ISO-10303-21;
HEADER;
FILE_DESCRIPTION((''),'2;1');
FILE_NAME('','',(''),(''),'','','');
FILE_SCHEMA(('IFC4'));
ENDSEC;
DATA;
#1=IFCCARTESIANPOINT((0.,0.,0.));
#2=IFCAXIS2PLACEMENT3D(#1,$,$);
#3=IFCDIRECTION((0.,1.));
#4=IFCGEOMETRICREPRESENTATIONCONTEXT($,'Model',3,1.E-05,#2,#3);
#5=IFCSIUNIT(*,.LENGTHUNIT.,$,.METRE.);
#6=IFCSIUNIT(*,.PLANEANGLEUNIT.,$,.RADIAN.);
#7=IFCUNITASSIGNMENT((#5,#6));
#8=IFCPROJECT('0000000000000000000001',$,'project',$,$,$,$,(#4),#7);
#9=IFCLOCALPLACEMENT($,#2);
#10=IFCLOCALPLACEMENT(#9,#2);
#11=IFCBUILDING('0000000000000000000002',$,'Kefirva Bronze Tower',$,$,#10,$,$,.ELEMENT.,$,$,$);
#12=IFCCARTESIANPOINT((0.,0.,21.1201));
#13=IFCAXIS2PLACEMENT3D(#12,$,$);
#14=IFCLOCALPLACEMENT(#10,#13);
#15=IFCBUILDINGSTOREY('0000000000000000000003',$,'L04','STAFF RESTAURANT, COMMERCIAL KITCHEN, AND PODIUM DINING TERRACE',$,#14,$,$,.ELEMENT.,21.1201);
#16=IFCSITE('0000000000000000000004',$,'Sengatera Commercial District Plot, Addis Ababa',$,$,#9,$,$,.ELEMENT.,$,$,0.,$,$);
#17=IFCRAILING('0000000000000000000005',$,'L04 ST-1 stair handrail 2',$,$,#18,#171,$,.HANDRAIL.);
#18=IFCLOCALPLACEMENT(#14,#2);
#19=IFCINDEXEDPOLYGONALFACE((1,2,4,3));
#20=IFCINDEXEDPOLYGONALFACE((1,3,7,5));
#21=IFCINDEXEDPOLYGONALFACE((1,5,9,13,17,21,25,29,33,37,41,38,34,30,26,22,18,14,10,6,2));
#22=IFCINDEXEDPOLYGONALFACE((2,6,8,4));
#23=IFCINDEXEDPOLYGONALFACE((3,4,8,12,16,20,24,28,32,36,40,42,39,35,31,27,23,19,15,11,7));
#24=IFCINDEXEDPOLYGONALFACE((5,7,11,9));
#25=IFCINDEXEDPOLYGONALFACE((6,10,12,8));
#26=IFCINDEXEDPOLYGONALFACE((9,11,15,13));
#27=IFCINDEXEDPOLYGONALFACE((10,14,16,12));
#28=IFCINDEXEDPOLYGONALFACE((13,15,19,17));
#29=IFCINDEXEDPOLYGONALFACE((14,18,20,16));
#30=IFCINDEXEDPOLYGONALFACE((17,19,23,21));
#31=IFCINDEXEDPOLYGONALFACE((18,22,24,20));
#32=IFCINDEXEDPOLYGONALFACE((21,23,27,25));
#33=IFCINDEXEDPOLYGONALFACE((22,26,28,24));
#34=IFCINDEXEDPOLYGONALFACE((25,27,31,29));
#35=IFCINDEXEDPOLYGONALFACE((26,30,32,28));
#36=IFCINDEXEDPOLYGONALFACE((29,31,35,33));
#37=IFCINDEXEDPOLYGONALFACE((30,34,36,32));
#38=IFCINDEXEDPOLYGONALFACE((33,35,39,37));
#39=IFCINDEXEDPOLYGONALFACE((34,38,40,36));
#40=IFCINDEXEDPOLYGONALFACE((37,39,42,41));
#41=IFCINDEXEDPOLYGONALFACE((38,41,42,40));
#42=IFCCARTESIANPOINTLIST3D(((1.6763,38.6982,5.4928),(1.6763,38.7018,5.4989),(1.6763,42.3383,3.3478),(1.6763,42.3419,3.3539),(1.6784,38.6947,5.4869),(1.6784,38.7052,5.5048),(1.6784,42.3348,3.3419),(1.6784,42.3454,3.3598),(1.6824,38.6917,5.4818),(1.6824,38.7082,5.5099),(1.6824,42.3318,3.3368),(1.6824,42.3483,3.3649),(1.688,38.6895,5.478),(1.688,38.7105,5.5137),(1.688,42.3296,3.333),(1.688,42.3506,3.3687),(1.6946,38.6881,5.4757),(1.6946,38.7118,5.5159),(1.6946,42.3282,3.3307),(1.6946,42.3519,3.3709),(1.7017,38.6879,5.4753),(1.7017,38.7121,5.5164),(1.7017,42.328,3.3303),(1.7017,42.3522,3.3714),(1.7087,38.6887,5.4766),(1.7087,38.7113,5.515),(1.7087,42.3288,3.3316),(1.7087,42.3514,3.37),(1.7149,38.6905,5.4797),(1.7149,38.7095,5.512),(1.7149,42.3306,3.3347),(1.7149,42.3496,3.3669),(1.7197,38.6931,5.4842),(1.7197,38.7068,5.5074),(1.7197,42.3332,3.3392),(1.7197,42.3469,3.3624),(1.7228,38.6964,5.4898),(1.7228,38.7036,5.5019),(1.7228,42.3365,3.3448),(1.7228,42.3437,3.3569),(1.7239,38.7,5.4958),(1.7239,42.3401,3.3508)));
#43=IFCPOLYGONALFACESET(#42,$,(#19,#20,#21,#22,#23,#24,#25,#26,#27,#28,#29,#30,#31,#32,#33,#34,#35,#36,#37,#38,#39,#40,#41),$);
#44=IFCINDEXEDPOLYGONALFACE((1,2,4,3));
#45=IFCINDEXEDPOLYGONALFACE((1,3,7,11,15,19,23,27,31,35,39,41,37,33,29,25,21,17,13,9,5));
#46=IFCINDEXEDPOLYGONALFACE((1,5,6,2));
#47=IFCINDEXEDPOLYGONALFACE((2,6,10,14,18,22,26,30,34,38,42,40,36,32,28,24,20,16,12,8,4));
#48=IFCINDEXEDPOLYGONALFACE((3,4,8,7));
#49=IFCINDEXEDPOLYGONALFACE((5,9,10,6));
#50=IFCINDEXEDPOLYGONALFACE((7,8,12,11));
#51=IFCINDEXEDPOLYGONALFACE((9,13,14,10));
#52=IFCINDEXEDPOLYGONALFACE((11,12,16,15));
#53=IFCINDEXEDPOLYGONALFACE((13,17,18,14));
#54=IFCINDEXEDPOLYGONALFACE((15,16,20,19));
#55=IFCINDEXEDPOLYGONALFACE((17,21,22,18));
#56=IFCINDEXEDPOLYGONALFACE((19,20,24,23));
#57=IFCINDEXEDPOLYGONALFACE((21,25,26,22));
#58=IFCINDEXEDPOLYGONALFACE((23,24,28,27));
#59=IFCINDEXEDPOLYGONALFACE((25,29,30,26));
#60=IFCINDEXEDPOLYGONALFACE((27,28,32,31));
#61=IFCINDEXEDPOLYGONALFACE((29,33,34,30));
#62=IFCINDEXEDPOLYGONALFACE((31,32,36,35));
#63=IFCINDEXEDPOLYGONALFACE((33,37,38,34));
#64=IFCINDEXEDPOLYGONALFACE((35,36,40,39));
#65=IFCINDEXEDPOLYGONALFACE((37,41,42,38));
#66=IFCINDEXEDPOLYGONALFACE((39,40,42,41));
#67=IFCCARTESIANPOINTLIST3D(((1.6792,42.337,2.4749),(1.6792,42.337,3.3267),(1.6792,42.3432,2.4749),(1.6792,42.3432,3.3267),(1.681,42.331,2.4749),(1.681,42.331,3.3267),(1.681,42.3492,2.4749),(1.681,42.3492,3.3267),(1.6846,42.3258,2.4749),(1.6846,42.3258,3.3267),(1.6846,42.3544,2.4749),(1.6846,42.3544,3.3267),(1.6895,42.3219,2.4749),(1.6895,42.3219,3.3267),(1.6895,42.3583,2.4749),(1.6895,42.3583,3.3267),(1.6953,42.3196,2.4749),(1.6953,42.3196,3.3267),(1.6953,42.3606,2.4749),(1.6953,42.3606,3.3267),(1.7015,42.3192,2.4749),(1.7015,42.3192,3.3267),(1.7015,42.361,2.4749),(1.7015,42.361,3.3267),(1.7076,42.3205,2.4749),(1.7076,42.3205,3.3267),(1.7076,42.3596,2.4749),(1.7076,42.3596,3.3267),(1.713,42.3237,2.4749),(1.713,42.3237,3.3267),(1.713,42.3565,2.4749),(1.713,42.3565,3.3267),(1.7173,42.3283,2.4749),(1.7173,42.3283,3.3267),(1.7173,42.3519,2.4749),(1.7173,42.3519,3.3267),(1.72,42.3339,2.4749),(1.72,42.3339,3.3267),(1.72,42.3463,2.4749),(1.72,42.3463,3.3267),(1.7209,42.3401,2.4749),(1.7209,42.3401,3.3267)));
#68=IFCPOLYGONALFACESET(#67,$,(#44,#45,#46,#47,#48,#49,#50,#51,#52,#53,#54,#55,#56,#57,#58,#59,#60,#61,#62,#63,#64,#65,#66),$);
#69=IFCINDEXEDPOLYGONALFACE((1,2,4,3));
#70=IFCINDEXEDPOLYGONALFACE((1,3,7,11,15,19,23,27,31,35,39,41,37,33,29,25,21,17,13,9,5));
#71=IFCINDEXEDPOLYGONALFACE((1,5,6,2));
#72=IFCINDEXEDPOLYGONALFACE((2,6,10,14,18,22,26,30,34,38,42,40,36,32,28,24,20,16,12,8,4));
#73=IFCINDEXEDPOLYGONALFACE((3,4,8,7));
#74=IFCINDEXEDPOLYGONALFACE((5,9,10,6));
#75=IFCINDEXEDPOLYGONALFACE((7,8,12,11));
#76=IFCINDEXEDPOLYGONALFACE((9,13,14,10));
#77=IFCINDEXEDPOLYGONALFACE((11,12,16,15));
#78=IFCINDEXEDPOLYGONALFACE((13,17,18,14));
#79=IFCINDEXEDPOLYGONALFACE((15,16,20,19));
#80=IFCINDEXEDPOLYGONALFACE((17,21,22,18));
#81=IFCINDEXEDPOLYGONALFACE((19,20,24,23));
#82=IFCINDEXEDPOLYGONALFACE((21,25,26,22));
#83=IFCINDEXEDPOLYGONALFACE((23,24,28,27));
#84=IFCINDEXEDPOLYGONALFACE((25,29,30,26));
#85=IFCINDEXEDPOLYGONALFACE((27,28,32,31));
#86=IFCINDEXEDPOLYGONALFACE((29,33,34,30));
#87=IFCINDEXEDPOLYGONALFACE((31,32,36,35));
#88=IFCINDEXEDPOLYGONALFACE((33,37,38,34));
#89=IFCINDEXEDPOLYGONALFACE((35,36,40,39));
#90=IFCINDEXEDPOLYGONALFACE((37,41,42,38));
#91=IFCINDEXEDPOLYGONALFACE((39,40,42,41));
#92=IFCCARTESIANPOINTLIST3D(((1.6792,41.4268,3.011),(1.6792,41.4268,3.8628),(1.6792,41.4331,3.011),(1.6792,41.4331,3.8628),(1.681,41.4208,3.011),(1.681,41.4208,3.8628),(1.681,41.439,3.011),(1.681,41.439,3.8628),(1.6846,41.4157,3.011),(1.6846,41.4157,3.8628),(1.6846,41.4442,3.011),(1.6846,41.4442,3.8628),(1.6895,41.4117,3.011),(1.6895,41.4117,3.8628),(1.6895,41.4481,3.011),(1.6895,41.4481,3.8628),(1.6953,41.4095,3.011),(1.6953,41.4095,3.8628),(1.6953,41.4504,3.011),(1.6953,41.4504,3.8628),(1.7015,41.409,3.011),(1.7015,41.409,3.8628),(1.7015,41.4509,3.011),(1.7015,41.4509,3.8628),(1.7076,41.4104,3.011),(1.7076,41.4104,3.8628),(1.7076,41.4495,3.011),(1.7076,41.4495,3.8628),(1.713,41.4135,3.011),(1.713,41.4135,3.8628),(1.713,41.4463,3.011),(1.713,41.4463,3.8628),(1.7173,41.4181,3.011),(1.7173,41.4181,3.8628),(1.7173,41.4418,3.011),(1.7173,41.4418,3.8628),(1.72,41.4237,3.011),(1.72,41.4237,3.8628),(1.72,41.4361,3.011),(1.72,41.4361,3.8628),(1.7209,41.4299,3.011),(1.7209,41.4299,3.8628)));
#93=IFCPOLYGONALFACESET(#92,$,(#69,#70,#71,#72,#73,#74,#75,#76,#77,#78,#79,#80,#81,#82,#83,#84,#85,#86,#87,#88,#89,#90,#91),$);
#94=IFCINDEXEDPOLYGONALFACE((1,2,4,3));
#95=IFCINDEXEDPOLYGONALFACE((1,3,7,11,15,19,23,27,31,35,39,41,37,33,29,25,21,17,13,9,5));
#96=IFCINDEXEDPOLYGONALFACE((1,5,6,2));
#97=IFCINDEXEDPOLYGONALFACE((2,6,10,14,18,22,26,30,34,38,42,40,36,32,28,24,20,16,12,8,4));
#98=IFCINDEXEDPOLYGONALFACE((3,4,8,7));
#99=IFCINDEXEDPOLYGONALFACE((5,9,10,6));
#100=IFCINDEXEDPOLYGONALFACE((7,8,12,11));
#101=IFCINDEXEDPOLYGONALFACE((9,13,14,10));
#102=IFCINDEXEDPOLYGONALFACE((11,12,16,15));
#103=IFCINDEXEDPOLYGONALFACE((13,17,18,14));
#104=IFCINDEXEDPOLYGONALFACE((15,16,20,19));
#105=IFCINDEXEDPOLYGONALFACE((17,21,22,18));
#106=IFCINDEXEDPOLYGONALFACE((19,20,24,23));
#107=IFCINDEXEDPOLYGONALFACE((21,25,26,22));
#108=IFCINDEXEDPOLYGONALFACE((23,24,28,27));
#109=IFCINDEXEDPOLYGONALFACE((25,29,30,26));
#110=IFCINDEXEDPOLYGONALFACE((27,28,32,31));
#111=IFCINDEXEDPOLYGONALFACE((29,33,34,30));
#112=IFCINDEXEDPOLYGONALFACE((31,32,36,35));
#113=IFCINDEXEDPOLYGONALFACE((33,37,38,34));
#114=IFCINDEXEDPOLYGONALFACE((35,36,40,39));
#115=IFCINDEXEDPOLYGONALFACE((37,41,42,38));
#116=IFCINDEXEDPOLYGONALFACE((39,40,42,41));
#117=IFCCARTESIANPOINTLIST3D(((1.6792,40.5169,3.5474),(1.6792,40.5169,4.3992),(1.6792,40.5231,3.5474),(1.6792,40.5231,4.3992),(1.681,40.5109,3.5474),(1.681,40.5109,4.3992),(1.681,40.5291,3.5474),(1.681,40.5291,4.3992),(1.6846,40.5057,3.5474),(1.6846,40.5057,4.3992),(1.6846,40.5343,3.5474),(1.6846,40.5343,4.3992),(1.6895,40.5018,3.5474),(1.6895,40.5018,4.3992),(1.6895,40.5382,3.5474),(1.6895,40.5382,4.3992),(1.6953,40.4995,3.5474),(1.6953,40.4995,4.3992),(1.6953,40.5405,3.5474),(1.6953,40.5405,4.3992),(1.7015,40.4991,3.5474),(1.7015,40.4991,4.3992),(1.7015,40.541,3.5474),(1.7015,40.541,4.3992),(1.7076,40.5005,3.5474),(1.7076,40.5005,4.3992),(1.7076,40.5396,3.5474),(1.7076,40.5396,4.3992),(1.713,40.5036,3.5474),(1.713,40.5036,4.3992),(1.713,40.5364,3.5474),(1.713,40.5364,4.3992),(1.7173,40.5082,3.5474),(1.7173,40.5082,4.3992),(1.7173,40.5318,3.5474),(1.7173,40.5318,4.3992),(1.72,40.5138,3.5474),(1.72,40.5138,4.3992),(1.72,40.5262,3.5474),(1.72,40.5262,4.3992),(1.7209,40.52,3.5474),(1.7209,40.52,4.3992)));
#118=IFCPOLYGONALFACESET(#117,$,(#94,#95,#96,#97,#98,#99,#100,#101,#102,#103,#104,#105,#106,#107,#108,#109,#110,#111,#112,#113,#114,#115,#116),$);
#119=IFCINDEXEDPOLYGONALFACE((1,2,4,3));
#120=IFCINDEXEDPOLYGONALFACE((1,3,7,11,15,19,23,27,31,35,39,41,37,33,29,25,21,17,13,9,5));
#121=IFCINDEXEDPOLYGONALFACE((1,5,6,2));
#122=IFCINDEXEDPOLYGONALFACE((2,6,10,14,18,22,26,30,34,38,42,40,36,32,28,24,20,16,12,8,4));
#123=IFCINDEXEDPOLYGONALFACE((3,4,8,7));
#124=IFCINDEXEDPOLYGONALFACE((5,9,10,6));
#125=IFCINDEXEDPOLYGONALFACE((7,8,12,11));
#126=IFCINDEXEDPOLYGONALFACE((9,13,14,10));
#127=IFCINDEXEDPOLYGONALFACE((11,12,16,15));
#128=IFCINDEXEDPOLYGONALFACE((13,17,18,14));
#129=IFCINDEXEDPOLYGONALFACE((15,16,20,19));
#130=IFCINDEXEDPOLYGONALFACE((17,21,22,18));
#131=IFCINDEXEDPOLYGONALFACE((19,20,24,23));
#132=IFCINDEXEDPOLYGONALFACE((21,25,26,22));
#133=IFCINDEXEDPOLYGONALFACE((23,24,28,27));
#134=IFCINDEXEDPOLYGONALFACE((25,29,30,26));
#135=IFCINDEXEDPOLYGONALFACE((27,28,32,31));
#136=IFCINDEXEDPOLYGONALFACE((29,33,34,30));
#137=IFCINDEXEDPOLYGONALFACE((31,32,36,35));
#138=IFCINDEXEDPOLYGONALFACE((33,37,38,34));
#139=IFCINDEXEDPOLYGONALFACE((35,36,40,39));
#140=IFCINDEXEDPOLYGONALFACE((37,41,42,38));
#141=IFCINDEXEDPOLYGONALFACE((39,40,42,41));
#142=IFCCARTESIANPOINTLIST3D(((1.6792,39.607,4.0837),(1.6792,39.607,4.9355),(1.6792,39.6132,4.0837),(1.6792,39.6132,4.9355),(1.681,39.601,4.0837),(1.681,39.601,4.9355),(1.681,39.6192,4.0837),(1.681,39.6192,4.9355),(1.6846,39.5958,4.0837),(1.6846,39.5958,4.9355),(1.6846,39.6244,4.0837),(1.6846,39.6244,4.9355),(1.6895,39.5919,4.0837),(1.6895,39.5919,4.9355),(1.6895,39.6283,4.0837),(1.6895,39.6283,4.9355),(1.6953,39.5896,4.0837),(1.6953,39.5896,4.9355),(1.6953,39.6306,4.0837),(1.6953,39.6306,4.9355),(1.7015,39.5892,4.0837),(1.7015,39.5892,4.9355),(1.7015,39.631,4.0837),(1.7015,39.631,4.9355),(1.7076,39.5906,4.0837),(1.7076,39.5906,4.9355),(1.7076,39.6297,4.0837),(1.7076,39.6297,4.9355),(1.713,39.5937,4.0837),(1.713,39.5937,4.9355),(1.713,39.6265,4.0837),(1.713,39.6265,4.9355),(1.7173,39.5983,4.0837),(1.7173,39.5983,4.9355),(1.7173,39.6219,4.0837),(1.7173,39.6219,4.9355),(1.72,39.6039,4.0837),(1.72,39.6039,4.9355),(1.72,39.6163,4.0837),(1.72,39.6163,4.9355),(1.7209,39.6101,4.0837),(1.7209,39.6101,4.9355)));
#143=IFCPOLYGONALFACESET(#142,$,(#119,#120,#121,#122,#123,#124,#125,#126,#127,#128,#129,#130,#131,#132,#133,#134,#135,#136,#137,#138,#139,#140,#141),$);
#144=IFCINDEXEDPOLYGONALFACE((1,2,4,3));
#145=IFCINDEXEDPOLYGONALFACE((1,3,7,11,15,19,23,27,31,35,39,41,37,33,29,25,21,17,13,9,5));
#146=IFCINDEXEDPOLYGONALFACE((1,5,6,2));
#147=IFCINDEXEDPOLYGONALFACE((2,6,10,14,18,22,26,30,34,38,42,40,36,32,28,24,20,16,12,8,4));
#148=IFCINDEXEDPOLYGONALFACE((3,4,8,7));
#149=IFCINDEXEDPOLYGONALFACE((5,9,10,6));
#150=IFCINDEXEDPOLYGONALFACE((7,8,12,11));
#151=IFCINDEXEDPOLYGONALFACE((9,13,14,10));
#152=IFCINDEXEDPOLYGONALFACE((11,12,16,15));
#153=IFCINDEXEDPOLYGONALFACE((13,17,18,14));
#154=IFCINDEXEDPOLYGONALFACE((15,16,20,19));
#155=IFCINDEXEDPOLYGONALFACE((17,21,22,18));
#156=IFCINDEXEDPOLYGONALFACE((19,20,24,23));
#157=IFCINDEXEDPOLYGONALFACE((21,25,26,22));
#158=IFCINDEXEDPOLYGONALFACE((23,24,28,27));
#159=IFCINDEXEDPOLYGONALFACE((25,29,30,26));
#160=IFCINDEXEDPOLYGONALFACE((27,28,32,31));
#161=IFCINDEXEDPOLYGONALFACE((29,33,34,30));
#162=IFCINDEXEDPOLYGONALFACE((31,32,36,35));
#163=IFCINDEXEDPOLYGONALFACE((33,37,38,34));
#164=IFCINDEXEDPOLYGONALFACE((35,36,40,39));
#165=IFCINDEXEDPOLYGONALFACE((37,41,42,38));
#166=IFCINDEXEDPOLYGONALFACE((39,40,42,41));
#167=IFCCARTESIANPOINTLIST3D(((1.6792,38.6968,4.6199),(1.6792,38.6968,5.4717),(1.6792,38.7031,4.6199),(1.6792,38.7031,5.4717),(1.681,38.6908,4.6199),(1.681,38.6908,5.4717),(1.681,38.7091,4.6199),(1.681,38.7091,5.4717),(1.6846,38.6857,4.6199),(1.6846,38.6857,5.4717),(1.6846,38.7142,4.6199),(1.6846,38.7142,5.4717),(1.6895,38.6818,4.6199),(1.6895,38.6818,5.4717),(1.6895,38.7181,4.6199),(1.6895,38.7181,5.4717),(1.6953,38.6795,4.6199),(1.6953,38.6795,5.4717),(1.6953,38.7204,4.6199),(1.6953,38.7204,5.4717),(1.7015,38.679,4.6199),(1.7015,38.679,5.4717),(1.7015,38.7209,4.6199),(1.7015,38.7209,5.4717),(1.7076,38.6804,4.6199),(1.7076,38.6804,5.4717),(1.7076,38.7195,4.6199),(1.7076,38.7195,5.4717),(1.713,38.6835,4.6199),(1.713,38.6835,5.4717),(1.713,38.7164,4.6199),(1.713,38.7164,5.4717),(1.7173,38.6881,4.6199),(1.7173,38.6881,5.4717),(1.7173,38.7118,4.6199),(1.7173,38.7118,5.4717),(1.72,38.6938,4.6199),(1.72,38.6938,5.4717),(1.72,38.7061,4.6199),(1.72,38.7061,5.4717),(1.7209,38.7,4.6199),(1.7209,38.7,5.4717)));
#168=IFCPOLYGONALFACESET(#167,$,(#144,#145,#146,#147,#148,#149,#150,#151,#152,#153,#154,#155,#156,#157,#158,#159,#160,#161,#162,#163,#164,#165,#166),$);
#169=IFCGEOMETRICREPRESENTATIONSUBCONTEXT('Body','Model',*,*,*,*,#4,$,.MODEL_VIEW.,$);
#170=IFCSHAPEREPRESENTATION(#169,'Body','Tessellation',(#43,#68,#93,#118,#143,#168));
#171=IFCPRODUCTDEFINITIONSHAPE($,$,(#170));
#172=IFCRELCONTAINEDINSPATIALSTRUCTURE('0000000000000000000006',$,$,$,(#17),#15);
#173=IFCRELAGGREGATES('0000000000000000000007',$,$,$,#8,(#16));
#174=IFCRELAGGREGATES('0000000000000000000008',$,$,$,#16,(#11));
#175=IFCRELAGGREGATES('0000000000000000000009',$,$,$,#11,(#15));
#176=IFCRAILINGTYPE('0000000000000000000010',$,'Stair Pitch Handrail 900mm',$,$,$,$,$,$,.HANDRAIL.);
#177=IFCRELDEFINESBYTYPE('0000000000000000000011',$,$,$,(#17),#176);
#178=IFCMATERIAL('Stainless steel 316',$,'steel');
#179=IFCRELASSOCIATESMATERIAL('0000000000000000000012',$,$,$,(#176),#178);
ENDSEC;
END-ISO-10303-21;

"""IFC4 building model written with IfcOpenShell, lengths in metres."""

from ifc_helpers import new_model, si_unit, direction, frame, origin, origin_2d, place, context, subcontext, project, spatial, circle, extrude, material, type_object, element, save


model = new_model("IFC4")

# Units and contexts
model_context = context("Model", 3, precision=1e-05, world=origin(), true_north=direction((0.0, 1.0)))
body_context = subcontext(model_context, "Body", "Model", "MODEL_VIEW")
ifc_project = project(units=[si_unit("LENGTHUNIT", "METRE"), si_unit("PLANEANGLEUNIT", "RADIAN")], contexts=[model_context])

# Site, building, storey
site_placement = place(None, origin())
site = spatial("IfcSite", under=ifc_project, at=site_placement, Name="Sengatera Commercial District Plot, Addis Ababa", CompositionType="ELEMENT", RefElevation=0.0)
building_placement = place(site_placement, origin())
building = spatial("IfcBuilding", under=site, at=building_placement, Name="Kefirva Bronze Tower", CompositionType="ELEMENT")
storey_placement = place(building_placement, frame((0.0, 0.0, 21.1201)))
storey = spatial("IfcBuildingStorey", under=building, at=storey_placement, Name="L04", Description="STAFF RESTAURANT, COMMERCIAL KITCHEN, AND PODIUM DINING TERRACE", CompositionType="ELEMENT", Elevation=21.1201)

# Shared definitions
ifc_material_1 = material(Name="Stainless steel 316", Category="steel")

# Railing
railing_type_1 = type_object("IfcRailingType", Name="Stair Pitch Handrail 900mm", PredefinedType="HANDRAIL", material=ifc_material_1)
railing_1_placement = place(storey_placement, frame((1.7, 42.3401, 2.4749)))
element("IfcRailing", 1, at=railing_1_placement, inside=storey, type_object=railing_type_1, Name="L04 ST-1 stair handrail 2", PredefinedType="HANDRAIL", context=body_context, shape_type="SweptSolid", body=[
    extrude(circle(Radius=0.0239, at=origin_2d()), frame((0.0, 0.0, 0.876), z_axis=(0.0, -0.861545, 0.507682), x_axis=(1.0, 0.0, 0.0)), (0.0, 0.0, 1.0), 4.2251),
    extrude(circle(Radius=0.021, at=origin_2d()), origin(), (0.0, 0.0, 1.0), 0.8518),
    extrude(circle(Radius=0.021, at=origin_2d()), frame((0.0, -0.9102, 0.5361)), (0.0, 0.0, 1.0), 0.8518),
    extrude(circle(Radius=0.021, at=origin_2d()), frame((0.0, -1.8201, 1.0725)), (0.0, 0.0, 1.0), 0.8518),
    extrude(circle(Radius=0.021, at=origin_2d()), frame((0.0, -2.73, 1.6089)), (0.0, 0.0, 1.0), 0.8518),
    extrude(circle(Radius=0.021, at=origin_2d()), frame((0.0, -3.6401, 2.145)), (0.0, 0.0, 1.0), 0.8518),
])

save(model, "model.ifc")
